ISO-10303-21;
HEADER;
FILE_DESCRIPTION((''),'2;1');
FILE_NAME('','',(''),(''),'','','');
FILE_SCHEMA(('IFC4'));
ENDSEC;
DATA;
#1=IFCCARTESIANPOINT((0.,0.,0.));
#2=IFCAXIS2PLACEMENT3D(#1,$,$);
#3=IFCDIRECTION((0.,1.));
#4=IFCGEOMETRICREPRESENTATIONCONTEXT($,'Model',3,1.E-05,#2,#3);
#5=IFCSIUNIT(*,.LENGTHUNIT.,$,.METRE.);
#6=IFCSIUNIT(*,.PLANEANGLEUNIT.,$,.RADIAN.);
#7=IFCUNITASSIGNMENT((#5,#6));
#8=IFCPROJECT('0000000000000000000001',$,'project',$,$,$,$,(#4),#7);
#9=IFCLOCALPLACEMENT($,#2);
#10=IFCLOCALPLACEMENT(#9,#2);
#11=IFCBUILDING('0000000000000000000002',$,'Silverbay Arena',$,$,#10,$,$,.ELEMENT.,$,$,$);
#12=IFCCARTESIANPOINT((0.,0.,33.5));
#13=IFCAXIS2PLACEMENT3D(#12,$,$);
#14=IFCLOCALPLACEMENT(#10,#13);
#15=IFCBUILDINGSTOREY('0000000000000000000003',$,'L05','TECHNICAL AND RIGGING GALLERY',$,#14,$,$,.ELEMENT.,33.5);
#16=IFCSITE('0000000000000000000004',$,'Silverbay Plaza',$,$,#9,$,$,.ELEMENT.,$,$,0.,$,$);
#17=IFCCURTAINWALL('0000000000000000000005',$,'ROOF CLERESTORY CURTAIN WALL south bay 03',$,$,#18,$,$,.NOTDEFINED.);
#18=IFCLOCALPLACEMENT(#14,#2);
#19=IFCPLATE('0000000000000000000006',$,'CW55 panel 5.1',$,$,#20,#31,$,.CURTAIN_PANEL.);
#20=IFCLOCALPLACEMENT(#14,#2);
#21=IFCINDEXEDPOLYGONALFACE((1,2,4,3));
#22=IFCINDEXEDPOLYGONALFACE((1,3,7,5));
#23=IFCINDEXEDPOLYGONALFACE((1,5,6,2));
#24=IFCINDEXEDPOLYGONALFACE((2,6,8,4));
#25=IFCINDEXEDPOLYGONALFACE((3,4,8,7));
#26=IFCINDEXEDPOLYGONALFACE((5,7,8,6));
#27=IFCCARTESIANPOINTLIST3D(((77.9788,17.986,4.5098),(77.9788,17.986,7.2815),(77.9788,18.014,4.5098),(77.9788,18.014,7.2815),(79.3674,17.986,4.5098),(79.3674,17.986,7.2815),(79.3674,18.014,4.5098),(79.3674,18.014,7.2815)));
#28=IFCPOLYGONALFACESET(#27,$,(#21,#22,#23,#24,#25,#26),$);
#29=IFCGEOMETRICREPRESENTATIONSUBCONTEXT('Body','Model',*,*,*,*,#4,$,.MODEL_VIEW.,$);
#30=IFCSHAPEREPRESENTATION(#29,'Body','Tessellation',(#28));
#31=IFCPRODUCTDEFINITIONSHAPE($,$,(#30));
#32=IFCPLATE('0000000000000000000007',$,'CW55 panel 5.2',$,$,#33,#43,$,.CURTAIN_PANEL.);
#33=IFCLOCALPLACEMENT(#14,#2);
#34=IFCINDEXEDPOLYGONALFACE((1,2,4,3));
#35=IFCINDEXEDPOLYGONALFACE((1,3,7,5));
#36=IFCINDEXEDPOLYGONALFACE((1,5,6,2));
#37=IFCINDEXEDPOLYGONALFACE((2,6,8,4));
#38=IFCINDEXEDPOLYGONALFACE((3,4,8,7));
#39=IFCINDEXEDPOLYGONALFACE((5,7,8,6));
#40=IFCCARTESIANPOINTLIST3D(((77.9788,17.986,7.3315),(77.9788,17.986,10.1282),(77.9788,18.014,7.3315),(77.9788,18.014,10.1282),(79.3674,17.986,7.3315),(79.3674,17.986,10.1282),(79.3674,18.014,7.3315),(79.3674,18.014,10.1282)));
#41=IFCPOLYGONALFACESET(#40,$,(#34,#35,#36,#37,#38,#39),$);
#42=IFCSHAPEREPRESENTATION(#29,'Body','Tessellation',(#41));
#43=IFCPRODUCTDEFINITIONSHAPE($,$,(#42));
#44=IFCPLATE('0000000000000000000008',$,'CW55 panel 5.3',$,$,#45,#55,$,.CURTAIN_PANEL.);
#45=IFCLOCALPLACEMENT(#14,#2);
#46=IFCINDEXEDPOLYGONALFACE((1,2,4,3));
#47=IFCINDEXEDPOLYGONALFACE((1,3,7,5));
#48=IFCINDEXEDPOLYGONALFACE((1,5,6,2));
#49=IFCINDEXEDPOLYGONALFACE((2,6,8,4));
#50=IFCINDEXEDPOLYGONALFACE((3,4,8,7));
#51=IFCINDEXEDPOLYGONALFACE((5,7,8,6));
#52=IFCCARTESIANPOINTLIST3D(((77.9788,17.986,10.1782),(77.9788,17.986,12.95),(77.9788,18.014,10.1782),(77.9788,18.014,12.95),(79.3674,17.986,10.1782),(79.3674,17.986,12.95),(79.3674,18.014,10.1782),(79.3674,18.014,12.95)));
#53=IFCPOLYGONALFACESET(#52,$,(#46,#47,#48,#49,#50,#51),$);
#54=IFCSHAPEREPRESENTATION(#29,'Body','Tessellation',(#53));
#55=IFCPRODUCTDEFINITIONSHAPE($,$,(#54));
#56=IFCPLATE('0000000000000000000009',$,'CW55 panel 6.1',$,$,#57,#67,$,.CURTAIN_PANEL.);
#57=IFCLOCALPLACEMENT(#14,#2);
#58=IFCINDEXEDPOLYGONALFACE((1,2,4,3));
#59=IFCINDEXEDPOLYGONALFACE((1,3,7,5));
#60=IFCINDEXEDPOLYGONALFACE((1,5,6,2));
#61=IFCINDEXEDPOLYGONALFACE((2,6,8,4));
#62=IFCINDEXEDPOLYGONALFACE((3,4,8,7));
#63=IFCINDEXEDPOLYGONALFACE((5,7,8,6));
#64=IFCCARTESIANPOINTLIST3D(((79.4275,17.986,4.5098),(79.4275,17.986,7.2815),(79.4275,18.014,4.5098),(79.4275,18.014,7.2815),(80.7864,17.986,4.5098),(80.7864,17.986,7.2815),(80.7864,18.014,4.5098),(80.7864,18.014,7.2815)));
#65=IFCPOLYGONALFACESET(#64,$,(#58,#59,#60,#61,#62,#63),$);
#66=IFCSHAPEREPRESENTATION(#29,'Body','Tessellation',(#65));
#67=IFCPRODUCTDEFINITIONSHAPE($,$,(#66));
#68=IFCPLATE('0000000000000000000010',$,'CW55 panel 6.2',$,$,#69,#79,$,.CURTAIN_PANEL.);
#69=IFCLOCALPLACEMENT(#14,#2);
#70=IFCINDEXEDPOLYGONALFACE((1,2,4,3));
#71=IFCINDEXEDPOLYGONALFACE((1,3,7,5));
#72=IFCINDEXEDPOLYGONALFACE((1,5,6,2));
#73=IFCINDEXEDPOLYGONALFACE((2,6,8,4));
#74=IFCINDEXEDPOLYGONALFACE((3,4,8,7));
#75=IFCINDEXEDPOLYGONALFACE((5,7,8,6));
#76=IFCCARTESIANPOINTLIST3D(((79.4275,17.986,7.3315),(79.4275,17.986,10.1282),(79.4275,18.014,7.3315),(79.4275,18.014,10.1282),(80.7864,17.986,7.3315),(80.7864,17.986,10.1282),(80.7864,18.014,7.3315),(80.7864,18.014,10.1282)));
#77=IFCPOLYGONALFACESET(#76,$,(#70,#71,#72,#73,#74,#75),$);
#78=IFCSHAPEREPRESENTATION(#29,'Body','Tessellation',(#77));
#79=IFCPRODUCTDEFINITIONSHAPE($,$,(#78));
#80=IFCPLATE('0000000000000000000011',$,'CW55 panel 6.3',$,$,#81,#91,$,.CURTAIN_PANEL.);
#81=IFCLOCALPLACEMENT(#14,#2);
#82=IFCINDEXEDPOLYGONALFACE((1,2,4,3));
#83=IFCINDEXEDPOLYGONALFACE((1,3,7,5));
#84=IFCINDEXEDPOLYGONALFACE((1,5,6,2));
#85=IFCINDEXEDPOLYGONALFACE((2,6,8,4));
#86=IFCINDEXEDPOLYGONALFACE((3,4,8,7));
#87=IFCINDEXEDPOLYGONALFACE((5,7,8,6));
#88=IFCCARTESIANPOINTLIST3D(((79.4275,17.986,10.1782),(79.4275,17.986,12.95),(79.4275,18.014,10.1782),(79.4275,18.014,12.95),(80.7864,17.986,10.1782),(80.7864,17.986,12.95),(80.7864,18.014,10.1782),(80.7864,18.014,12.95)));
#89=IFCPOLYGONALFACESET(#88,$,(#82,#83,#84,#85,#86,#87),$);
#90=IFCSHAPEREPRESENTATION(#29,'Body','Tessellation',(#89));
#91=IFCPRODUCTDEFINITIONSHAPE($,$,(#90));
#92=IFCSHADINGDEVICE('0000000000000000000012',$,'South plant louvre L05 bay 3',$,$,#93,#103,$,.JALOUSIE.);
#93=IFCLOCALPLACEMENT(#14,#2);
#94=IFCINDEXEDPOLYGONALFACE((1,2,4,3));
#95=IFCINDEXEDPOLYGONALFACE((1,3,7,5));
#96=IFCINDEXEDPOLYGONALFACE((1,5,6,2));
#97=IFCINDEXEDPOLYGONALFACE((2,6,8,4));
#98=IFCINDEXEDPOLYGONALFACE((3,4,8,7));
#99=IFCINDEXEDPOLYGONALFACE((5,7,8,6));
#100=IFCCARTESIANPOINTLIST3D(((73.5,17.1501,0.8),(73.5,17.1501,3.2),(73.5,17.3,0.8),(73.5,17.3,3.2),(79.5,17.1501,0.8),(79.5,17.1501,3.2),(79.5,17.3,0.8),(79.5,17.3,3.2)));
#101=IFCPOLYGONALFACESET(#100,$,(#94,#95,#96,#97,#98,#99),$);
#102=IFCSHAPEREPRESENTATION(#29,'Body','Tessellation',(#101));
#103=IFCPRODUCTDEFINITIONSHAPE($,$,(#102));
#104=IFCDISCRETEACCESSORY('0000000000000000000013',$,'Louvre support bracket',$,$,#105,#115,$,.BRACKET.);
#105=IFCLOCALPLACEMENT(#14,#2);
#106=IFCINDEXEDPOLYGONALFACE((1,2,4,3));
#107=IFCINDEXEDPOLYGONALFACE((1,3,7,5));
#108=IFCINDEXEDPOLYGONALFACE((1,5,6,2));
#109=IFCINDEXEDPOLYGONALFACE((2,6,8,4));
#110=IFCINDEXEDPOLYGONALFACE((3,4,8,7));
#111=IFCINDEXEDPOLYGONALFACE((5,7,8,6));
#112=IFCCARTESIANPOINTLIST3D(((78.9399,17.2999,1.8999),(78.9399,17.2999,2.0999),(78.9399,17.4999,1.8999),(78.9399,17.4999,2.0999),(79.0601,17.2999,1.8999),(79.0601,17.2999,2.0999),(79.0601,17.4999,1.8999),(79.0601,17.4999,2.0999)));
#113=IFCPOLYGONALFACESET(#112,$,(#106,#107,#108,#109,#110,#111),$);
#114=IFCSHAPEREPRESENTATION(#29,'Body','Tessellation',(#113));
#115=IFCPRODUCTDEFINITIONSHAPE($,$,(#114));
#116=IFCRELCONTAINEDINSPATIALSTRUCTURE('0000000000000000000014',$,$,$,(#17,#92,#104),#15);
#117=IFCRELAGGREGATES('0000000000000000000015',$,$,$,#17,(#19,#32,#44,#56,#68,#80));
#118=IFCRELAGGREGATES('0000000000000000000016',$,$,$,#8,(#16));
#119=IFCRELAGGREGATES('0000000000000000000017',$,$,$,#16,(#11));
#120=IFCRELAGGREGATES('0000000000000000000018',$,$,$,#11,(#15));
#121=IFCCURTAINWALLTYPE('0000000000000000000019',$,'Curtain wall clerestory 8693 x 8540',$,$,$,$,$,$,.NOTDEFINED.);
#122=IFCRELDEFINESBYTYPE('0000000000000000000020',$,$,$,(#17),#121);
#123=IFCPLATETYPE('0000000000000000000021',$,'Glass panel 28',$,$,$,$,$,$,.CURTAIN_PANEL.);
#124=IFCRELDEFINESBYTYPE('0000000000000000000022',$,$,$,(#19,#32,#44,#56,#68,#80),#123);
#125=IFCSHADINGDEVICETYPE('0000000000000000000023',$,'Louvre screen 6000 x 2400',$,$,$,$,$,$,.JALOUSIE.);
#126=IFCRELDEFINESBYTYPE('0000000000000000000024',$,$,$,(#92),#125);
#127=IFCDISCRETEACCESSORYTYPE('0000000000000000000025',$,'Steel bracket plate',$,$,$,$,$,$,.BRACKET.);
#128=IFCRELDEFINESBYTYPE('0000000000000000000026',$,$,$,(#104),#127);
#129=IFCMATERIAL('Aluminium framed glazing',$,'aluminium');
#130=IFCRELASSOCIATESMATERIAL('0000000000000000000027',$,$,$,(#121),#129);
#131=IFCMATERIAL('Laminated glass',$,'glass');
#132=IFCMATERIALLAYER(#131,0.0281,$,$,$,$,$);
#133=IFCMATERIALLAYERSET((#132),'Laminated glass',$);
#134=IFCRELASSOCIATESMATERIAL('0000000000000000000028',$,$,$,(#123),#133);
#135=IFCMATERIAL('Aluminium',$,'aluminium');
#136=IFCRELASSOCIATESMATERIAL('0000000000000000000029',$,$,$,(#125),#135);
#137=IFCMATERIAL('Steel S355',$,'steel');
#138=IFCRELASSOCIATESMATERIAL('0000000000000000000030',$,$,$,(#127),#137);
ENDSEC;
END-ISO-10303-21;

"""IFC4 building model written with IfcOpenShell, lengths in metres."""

from ifc_helpers import new_model, si_unit, direction, frame, origin, origin_2d, place, context, subcontext, project, spatial, rectangle, extrude, material, layer, layer_set, type_object, element, aggregate, save


model = new_model("IFC4")

# Units and contexts
model_context = context("Model", 3, precision=1e-05, world=origin(), true_north=direction((0.0, 1.0)))
body_context = subcontext(model_context, "Body", "Model", "MODEL_VIEW")
ifc_project = project(units=[si_unit("LENGTHUNIT", "METRE"), si_unit("PLANEANGLEUNIT", "RADIAN")], contexts=[model_context])

# Site, building, storey
site_placement = place(None, origin())
site = spatial("IfcSite", under=ifc_project, at=site_placement, Name="Silverbay Plaza", CompositionType="ELEMENT", RefElevation=0.0)
building_placement = place(site_placement, origin())
building = spatial("IfcBuilding", under=site, at=building_placement, Name="Silverbay Arena", CompositionType="ELEMENT")
storey_placement = place(building_placement, frame((0.0, 0.0, 33.5)))
storey = spatial("IfcBuildingStorey", under=building, at=storey_placement, Name="L05", Description="TECHNICAL AND RIGGING GALLERY", CompositionType="ELEMENT", Elevation=33.5)

# Curtain wall
ifc_material_1 = material(Name="Aluminium framed glazing", Category="aluminium")
curtain_wall_type = type_object("IfcCurtainWallType", Name="Curtain wall clerestory 8693 x 8540", PredefinedType="NOTDEFINED", material=ifc_material_1)
curtain_wall_placement = place(storey_placement, origin())
curtain_wall = element("IfcCurtainWall", 1, at=curtain_wall_placement, inside=storey, type_object=curtain_wall_type, Name="ROOF CLERESTORY CURTAIN WALL south bay 03", PredefinedType="NOTDEFINED")

# Plates
ifc_material_2 = material(Name="Laminated glass", Category="glass")
ifc_layer = layer(ifc_material_2, 0.0281)
ifc_layer_set = layer_set([ifc_layer], Name="Laminated glass")
plate_type = type_object("IfcPlateType", Name="Glass panel 28", PredefinedType="CURTAIN_PANEL", material=ifc_layer_set)
plate_1_placement = place(storey_placement, frame((78.6731, 18.0, 4.5098), z_axis=(0.0, 0.0, 1.0), x_axis=(1.0, 0.0, 0.0)))
plate_1 = element("IfcPlate", 2, at=plate_1_placement, type_object=plate_type, Name="CW55 panel 5.1", PredefinedType="CURTAIN_PANEL", context=body_context, shape_type="SweptSolid", body=[
    extrude(rectangle(XDim=1.3887, YDim=0.0281, at=origin_2d()), origin(), (0.0, 0.0, 1.0), 2.7717),
])
plate_2_placement = place(storey_placement, frame((78.6731, 18.0, 7.3315), z_axis=(0.0, 0.0, 1.0), x_axis=(1.0, 0.0, 0.0)))
plate_2 = element("IfcPlate", 3, at=plate_2_placement, type_object=plate_type, Name="CW55 panel 5.2", PredefinedType="CURTAIN_PANEL", context=body_context, shape_type="SweptSolid", body=[
    extrude(rectangle(XDim=1.3887, YDim=0.0281, at=origin_2d()), origin(), (0.0, 0.0, 1.0), 2.7966),
])
plate_3_placement = place(storey_placement, frame((78.6731, 18.0, 10.1782), z_axis=(0.0, 0.0, 1.0), x_axis=(1.0, 0.0, 0.0)))
plate_3 = element("IfcPlate", 4, at=plate_3_placement, type_object=plate_type, Name="CW55 panel 5.3", PredefinedType="CURTAIN_PANEL", context=body_context, shape_type="SweptSolid", body=[
    extrude(rectangle(XDim=1.3887, YDim=0.0281, at=origin_2d()), origin(), (0.0, 0.0, 1.0), 2.7717),
])
plate_4_placement = place(storey_placement, frame((80.1069, 18.0, 4.5098), z_axis=(0.0, 0.0, 1.0), x_axis=(1.0, 0.0, 0.0)))
plate_4 = element("IfcPlate", 5, at=plate_4_placement, type_object=plate_type, Name="CW55 panel 6.1", PredefinedType="CURTAIN_PANEL", context=body_context, shape_type="SweptSolid", body=[
    extrude(rectangle(XDim=1.3589, YDim=0.0281, at=origin_2d()), origin(), (0.0, 0.0, 1.0), 2.7717),
])
plate_5_placement = place(storey_placement, frame((80.1069, 18.0, 7.3315), z_axis=(0.0, 0.0, 1.0), x_axis=(1.0, 0.0, 0.0)))
plate_5 = element("IfcPlate", 6, at=plate_5_placement, type_object=plate_type, Name="CW55 panel 6.2", PredefinedType="CURTAIN_PANEL", context=body_context, shape_type="SweptSolid", body=[
    extrude(rectangle(XDim=1.3589, YDim=0.0281, at=origin_2d()), origin(), (0.0, 0.0, 1.0), 2.7966),
])
plate_6_placement = place(storey_placement, frame((80.1069, 18.0, 10.1782), z_axis=(0.0, 0.0, 1.0), x_axis=(1.0, 0.0, 0.0)))
plate_6 = element("IfcPlate", 7, at=plate_6_placement, type_object=plate_type, Name="CW55 panel 6.3", PredefinedType="CURTAIN_PANEL", context=body_context, shape_type="SweptSolid", body=[
    extrude(rectangle(XDim=1.3589, YDim=0.0281, at=origin_2d()), origin(), (0.0, 0.0, 1.0), 2.7717),
])
aggregate(curtain_wall, [plate_1, plate_2, plate_3, plate_4, plate_5, plate_6])

# Shading device
ifc_material_3 = material(Name="Aluminium", Category="aluminium")
shading_device_type = type_object("IfcShadingDeviceType", Name="Louvre screen 6000 x 2400", PredefinedType="JALOUSIE", material=ifc_material_3)
shading_device_placement = place(storey_placement, frame((76.5, 17.2251, 0.8), z_axis=(0.0, 0.0, 1.0), x_axis=(1.0, 0.0, 0.0)))
element("IfcShadingDevice", 8, at=shading_device_placement, inside=storey, type_object=shading_device_type, Name="South plant louvre L05 bay 3", PredefinedType="JALOUSIE", context=body_context, shape_type="SweptSolid", body=[
    extrude(rectangle(XDim=6.0, YDim=0.1499, at=origin_2d()), origin(), (0.0, 0.0, 1.0), 2.3999),
])

# Discrete accessory
ifc_material_4 = material(Name="Steel S355", Category="steel")
discrete_accessory_type = type_object("IfcDiscreteAccessoryType", Name="Steel bracket plate", PredefinedType="BRACKET", material=ifc_material_4)
discrete_accessory_placement = place(storey_placement, frame((79.0, 17.3999, 1.8999), z_axis=(0.0, 0.0, 1.0), x_axis=(1.0, 0.0, 0.0)))
element("IfcDiscreteAccessory", 9, at=discrete_accessory_placement, inside=storey, type_object=discrete_accessory_type, Name="Louvre support bracket", PredefinedType="BRACKET", context=body_context, shape_type="SweptSolid", body=[
    extrude(rectangle(XDim=0.1201, YDim=0.2, at=origin_2d()), origin(), (0.0, 0.0, 1.0), 0.2),
])

save(model, "model.ifc")
